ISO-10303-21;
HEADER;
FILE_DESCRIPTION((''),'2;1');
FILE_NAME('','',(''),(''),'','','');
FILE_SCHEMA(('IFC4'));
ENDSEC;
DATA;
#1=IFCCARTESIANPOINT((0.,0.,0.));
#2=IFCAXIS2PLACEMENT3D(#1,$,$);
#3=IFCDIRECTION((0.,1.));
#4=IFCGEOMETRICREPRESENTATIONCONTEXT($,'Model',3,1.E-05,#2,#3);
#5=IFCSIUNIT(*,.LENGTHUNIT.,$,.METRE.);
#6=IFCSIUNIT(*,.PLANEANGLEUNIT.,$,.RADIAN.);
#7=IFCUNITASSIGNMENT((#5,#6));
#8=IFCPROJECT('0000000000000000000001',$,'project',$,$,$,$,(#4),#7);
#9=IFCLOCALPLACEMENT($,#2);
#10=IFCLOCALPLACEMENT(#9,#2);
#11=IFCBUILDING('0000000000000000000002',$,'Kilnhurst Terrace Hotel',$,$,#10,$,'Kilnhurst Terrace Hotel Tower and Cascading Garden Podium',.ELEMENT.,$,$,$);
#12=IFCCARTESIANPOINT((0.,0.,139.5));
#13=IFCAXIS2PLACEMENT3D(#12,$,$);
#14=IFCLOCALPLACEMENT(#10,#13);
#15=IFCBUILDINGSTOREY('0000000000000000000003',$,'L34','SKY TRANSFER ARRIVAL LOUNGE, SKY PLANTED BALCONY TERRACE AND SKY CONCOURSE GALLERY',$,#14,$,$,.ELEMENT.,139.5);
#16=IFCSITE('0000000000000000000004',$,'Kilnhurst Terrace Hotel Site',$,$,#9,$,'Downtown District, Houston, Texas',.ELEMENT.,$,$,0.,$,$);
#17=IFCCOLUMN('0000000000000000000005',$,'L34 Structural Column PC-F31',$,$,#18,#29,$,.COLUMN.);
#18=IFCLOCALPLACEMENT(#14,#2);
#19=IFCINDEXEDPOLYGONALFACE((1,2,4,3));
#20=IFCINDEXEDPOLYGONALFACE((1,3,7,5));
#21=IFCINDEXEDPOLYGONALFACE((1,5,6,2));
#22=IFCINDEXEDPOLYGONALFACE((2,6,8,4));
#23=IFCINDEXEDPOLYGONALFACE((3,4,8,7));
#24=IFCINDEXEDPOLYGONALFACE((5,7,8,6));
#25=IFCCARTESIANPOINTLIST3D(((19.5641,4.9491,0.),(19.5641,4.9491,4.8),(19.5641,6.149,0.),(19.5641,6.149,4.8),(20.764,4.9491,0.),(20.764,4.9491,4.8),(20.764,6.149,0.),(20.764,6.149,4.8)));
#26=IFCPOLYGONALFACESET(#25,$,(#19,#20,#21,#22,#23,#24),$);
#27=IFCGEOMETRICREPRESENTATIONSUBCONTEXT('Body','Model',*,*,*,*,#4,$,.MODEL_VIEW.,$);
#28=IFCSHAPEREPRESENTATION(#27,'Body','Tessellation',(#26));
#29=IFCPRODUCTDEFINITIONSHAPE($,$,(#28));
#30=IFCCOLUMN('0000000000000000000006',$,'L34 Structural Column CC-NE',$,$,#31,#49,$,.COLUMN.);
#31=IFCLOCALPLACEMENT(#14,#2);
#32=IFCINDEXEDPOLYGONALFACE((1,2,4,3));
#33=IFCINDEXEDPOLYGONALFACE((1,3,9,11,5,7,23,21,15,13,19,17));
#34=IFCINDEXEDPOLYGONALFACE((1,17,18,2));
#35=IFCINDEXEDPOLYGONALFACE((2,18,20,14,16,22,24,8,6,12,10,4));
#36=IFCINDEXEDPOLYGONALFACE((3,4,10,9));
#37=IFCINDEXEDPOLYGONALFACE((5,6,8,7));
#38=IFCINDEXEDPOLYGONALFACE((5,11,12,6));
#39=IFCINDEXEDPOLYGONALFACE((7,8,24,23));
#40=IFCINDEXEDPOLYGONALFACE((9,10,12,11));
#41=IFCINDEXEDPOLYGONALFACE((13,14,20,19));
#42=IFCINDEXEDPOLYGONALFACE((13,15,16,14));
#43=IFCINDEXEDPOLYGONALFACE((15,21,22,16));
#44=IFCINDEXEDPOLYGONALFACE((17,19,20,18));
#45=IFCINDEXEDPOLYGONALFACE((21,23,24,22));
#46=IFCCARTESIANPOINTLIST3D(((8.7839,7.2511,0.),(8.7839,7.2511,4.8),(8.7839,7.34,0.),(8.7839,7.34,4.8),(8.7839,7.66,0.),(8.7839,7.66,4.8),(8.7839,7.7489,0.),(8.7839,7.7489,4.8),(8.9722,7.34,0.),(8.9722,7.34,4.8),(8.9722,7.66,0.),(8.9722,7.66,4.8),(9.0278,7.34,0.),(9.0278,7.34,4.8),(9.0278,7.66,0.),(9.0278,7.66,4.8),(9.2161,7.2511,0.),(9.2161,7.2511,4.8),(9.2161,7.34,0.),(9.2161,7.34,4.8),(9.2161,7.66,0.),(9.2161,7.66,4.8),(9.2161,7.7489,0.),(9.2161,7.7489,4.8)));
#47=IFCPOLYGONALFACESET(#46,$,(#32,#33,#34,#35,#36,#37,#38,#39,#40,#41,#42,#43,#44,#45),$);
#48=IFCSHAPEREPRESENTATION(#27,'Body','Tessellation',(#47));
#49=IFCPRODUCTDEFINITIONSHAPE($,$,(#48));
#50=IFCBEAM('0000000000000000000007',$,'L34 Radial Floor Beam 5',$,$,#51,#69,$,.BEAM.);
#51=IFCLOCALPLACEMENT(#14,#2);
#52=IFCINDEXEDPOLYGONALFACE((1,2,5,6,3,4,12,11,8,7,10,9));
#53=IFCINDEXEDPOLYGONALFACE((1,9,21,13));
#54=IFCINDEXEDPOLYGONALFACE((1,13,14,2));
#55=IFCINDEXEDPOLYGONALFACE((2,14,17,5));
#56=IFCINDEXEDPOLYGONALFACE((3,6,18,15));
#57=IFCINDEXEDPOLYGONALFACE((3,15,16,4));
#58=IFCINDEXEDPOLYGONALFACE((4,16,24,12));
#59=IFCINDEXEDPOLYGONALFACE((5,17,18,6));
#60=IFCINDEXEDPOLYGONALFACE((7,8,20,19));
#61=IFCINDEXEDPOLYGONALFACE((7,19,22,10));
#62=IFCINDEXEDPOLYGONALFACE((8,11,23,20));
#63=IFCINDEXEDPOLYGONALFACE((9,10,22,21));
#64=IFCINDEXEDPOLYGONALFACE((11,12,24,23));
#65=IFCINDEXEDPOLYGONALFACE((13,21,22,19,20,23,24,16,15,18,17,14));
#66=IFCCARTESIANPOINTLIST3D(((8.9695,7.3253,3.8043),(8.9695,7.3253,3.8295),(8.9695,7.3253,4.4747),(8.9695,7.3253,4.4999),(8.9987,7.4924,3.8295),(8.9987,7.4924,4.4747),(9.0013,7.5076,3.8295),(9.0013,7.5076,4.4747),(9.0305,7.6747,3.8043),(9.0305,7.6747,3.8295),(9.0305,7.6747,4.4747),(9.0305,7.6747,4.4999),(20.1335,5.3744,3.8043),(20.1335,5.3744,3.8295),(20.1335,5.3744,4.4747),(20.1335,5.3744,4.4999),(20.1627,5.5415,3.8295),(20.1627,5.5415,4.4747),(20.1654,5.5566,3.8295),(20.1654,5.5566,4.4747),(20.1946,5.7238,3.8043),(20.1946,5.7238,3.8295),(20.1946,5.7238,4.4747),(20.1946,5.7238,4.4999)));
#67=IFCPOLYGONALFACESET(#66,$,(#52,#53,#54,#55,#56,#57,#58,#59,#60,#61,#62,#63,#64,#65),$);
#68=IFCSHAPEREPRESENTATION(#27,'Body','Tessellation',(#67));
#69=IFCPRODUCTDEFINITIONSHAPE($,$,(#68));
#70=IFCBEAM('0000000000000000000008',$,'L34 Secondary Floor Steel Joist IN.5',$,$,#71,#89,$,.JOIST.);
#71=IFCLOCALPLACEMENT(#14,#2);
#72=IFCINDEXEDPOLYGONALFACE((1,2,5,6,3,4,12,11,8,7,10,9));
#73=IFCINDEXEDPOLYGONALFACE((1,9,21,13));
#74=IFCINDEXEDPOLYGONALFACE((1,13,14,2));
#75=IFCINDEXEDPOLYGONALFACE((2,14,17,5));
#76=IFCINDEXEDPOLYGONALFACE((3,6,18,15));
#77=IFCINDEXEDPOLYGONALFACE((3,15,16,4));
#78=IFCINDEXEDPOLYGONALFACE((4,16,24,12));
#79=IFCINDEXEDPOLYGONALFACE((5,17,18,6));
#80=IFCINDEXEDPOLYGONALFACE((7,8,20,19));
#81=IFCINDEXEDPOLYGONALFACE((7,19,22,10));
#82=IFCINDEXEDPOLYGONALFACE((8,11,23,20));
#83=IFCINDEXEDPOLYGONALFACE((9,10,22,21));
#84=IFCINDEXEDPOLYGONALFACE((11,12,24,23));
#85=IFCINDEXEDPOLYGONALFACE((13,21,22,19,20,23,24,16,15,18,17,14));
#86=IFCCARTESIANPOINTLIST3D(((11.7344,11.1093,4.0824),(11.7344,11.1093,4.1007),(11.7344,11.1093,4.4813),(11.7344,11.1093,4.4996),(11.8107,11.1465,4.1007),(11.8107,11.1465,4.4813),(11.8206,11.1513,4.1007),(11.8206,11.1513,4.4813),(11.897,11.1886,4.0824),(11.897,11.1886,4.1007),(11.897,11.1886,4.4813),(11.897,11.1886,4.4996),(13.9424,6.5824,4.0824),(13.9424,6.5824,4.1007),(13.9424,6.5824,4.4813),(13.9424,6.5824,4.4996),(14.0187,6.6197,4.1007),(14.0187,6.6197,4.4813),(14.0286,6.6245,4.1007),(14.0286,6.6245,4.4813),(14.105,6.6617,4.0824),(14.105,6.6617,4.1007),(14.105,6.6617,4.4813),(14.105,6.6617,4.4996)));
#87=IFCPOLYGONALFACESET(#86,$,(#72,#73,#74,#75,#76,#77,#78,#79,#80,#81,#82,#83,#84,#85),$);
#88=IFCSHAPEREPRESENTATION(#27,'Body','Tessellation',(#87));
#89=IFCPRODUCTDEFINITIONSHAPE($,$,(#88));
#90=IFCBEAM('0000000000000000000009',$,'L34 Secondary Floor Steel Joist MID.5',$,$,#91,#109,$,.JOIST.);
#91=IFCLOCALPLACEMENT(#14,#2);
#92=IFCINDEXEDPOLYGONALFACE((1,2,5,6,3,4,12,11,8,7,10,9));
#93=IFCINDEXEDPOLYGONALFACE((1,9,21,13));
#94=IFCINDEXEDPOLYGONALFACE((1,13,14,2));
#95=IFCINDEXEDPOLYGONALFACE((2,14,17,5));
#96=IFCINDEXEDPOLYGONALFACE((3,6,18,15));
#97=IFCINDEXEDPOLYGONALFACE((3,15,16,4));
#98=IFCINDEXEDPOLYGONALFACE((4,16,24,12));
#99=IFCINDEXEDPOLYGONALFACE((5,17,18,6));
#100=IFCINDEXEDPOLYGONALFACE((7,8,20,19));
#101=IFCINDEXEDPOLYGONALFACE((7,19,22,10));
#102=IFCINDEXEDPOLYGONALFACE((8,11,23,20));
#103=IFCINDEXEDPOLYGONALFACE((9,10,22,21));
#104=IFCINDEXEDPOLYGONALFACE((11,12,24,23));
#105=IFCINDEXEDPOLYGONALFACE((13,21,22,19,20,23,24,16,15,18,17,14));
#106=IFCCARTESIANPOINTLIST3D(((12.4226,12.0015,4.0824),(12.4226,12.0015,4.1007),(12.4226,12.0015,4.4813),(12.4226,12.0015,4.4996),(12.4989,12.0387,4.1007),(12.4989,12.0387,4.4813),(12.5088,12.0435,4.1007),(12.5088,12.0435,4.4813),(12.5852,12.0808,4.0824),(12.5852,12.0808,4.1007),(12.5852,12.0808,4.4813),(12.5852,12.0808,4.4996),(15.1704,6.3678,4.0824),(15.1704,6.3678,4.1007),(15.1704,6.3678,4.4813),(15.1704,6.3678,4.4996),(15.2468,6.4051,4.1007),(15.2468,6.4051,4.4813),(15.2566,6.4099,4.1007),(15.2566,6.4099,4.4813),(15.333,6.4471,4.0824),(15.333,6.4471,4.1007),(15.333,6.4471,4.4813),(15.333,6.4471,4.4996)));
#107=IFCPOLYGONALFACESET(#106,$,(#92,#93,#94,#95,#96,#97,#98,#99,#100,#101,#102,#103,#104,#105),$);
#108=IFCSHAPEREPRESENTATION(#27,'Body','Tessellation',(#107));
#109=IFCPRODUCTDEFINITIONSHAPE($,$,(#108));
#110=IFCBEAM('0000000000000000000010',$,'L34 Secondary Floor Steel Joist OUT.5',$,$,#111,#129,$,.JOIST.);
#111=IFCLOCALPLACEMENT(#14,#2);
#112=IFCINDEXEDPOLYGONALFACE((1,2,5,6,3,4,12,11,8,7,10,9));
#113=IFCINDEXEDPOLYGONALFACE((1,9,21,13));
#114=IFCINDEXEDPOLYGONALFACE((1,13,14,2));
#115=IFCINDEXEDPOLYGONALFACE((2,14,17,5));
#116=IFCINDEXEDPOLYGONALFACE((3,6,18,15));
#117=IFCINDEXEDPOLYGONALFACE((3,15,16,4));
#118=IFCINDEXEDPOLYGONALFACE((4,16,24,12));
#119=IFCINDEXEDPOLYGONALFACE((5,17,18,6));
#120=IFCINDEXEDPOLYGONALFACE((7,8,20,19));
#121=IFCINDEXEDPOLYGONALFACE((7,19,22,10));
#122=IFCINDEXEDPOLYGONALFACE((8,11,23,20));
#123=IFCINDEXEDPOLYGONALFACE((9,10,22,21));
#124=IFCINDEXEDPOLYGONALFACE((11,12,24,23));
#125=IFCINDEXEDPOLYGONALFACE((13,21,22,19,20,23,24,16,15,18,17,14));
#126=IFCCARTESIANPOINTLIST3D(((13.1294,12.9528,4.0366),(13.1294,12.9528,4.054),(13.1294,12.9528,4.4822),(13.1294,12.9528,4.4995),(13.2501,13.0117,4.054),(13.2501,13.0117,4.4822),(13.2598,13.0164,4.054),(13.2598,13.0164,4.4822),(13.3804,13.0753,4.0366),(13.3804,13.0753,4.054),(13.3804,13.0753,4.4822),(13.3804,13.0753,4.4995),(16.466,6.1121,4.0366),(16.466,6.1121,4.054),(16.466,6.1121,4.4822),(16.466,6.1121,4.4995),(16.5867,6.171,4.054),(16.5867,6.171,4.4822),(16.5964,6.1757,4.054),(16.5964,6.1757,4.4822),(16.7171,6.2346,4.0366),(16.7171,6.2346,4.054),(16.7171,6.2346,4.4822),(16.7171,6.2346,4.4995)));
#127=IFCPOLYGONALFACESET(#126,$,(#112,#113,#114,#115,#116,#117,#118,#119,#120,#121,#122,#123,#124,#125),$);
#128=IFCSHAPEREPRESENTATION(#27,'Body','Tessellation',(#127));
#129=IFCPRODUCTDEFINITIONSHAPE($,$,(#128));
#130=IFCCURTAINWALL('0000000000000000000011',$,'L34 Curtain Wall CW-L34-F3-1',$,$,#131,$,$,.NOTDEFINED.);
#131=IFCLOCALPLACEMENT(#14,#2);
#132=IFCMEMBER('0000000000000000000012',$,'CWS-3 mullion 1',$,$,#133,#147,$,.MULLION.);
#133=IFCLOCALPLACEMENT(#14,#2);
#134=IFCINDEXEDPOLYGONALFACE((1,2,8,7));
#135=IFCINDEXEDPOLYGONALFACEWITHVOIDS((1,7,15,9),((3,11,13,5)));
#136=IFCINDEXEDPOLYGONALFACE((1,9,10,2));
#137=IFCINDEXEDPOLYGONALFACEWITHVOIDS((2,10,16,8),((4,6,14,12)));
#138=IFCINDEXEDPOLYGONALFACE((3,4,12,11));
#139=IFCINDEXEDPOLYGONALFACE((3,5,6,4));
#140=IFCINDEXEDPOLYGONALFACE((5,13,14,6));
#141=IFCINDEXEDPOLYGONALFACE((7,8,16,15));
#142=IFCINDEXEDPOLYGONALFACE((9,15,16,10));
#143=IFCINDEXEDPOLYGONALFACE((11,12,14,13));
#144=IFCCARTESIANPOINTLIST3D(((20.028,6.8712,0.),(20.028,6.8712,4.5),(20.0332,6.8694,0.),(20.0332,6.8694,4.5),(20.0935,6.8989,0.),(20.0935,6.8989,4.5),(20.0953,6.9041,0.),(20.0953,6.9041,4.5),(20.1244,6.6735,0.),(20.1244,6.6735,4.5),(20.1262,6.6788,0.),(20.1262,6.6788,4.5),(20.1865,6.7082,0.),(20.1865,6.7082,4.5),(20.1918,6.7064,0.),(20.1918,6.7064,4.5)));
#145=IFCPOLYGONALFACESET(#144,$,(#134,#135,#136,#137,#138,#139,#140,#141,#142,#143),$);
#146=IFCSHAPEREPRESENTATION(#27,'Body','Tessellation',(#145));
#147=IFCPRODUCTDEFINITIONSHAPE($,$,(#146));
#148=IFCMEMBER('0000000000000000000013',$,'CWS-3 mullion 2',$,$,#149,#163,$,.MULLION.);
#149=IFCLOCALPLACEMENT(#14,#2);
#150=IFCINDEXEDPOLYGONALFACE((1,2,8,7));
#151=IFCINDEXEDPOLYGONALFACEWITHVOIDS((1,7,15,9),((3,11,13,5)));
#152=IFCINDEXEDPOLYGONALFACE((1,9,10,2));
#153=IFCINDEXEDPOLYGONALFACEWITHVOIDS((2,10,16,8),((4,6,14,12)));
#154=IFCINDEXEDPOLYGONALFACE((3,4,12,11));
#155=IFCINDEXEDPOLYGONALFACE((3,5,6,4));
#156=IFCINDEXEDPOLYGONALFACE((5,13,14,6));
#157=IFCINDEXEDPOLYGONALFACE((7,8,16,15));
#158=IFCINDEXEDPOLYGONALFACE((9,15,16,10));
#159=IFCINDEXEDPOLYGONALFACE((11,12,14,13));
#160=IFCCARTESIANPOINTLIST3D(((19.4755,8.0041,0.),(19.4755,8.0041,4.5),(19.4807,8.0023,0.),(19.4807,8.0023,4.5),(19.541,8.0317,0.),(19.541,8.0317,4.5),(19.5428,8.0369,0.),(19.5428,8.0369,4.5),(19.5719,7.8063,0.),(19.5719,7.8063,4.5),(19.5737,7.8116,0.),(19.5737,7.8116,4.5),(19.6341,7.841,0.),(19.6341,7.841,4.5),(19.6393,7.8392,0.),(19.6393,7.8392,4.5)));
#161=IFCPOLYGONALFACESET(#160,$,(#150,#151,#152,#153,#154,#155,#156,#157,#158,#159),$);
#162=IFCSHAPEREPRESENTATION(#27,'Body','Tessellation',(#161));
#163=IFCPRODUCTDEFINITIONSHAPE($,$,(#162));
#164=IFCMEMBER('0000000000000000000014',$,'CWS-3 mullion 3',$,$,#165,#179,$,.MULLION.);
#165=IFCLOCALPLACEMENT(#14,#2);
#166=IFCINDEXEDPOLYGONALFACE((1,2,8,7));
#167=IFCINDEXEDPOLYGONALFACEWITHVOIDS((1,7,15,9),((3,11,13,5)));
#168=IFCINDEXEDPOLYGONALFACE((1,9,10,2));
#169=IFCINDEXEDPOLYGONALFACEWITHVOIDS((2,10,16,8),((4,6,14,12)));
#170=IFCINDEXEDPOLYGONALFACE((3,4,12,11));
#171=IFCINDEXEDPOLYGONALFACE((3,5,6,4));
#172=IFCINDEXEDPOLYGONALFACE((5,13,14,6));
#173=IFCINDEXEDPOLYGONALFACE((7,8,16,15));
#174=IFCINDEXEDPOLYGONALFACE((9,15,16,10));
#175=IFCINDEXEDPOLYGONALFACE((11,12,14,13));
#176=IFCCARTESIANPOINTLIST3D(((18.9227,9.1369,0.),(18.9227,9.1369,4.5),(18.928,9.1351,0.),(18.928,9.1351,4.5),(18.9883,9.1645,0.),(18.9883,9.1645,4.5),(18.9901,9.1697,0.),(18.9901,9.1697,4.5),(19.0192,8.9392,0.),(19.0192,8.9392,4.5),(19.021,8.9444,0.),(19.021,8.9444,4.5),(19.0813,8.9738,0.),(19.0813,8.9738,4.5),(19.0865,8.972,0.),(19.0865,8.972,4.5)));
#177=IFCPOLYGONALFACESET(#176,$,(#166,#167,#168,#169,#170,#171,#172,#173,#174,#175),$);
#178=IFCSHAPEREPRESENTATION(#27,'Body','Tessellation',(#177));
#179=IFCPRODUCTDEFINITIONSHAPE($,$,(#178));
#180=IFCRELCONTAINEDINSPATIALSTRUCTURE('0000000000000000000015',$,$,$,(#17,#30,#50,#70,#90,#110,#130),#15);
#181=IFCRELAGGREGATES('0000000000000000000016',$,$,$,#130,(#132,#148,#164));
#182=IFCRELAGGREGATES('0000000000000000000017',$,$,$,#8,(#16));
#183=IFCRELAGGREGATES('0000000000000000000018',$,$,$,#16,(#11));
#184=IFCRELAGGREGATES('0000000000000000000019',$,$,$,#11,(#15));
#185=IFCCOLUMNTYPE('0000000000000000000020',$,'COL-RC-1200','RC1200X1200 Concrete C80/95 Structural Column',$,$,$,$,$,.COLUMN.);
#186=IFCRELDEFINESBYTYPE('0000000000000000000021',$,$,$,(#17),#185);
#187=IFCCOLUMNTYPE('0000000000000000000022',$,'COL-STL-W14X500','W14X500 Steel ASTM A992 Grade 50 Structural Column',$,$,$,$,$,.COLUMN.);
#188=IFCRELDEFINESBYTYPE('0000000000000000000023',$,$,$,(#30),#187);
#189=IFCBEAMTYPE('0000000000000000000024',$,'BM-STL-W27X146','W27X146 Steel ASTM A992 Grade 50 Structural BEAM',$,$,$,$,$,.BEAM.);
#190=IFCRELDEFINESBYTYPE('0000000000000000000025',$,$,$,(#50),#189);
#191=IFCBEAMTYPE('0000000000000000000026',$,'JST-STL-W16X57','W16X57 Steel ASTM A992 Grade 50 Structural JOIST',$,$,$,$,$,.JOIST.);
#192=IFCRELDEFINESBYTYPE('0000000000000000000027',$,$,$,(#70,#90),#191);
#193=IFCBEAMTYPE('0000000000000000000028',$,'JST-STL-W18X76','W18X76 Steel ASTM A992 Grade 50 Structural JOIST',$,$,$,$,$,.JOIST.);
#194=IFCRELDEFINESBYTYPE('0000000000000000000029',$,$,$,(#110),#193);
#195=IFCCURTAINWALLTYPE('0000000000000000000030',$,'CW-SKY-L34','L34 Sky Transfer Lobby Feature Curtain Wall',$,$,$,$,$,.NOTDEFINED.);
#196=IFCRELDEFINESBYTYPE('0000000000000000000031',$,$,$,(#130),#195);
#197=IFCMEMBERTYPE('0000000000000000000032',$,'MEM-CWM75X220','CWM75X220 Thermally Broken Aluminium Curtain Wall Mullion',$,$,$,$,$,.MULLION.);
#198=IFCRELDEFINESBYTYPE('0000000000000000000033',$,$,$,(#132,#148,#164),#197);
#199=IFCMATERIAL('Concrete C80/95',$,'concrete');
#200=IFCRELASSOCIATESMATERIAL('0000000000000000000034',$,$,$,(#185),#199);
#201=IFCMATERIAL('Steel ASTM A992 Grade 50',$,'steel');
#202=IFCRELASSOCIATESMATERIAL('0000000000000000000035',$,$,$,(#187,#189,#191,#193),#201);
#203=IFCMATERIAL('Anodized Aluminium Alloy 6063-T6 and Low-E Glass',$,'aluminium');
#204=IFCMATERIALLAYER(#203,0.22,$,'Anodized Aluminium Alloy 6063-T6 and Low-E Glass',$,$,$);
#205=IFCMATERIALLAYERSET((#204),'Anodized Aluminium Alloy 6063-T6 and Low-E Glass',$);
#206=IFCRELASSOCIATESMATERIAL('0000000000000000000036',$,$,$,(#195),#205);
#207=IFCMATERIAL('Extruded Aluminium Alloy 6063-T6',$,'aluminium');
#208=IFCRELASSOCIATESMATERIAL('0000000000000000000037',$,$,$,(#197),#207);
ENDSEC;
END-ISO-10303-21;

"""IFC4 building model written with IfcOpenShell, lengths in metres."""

from ifc_helpers import new_model, si_unit, direction, frame, origin, origin_2d, place, context, subcontext, project, spatial, rectangle, hollow_rectangle, i_section, extrude, material, layer, layer_set, material_profile, profile_set, type_object, element, aggregate, save


model = new_model("IFC4")

# Units and contexts
model_context = context("Model", 3, precision=1e-05, world=origin(), true_north=direction((0.0, 1.0)))
body_context = subcontext(model_context, "Body", "Model", "MODEL_VIEW")
ifc_project = project(units=[si_unit("LENGTHUNIT", "METRE"), si_unit("PLANEANGLEUNIT", "RADIAN")], contexts=[model_context])

# Site, building, storey
site_placement = place(None, origin())
site = spatial("IfcSite", under=ifc_project, at=site_placement, Name="Kilnhurst Terrace Hotel Site", LongName="Downtown District, Houston, Texas", CompositionType="ELEMENT", RefElevation=0.0)
building_placement = place(site_placement, origin())
building = spatial("IfcBuilding", under=site, at=building_placement, Name="Kilnhurst Terrace Hotel", LongName="Kilnhurst Terrace Hotel Tower and Cascading Garden Podium", CompositionType="ELEMENT")
storey_placement = place(building_placement, frame((0.0, 0.0, 139.5)))
storey = spatial("IfcBuildingStorey", under=building, at=storey_placement, Name="L34", Description="SKY TRANSFER ARRIVAL LOUNGE, SKY PLANTED BALCONY TERRACE AND SKY CONCOURSE GALLERY", CompositionType="ELEMENT", Elevation=139.5)

# Columns
ifc_material_1 = material(Name="Concrete C80/95", Category="concrete")
ifc_material_profile_1 = material_profile(ifc_material_1, rectangle(XDim=1.2, YDim=1.2, at=origin_2d()), Name="RC1200X1200")
ifc_profile_set_1 = profile_set([ifc_material_profile_1], Name="Concrete C80/95")
column_type_1 = type_object("IfcColumnType", Name="COL-RC-1200", Description="RC1200X1200 Concrete C80/95 Structural Column", PredefinedType="COLUMN", material=ifc_profile_set_1)
column_1_placement = place(storey_placement, frame((20.1641, 5.5491, 0.0), z_axis=(0.0, 0.0, 1.0), x_axis=(1.0, 0.0, 0.0)))
element("IfcColumn", 1, at=column_1_placement, inside=storey, type_object=column_type_1, Name="L34 Structural Column PC-F31", PredefinedType="COLUMN", context=body_context, shape_type="SweptSolid", body=[
    extrude(rectangle(XDim=1.2, YDim=1.2, at=origin_2d()), origin(), (0.0, 0.0, 1.0), 4.8),
])
ifc_material_2 = material(Name="Steel ASTM A992 Grade 50", Category="steel")
ifc_material_profile_2 = material_profile(ifc_material_2, i_section(OverallWidth=0.4321, OverallDepth=0.4978, WebThickness=0.0557, FlangeThickness=0.0889, at=origin_2d()), Name="W14X500")
ifc_profile_set_2 = profile_set([ifc_material_profile_2], Name="Steel ASTM A992 Grade 50")
column_type_2 = type_object("IfcColumnType", Name="COL-STL-W14X500", Description="W14X500 Steel ASTM A992 Grade 50 Structural Column", PredefinedType="COLUMN", material=ifc_profile_set_2)
column_2_placement = place(storey_placement, frame((9.0, 7.5, 0.0), z_axis=(0.0, 0.0, 1.0), x_axis=(1.0, 0.0, 0.0)))
element("IfcColumn", 2, at=column_2_placement, inside=storey, type_object=column_type_2, Name="L34 Structural Column CC-NE", PredefinedType="COLUMN", context=body_context, shape_type="SweptSolid", body=[
    extrude(i_section(OverallWidth=0.4321, OverallDepth=0.4978, WebThickness=0.0557, FlangeThickness=0.0889, at=origin_2d()), origin(), (0.0, 0.0, 1.0), 4.8),
])

# Beams
ifc_material_profile_3 = material_profile(ifc_material_2, i_section(OverallWidth=0.3547, OverallDepth=0.6956, WebThickness=0.0154, FlangeThickness=0.0251, at=origin_2d()), Name="W27X146")
ifc_profile_set_3 = profile_set([ifc_material_profile_3], Name="Steel ASTM A992 Grade 50")
beam_type_1 = type_object("IfcBeamType", Name="BM-STL-W27X146", Description="W27X146 Steel ASTM A992 Grade 50 Structural BEAM", PredefinedType="BEAM", material=ifc_profile_set_3)
beam_1_placement = place(storey_placement, frame((9.0, 7.5, 4.1521), z_axis=(0.985072, -0.172142, 0.0), x_axis=(0.172142, 0.985072, 0.0)))
element("IfcBeam", 3, at=beam_1_placement, inside=storey, type_object=beam_type_1, Name="L34 Radial Floor Beam 5", PredefinedType="BEAM", context=body_context, shape_type="SweptSolid", body=[
    extrude(i_section(OverallWidth=0.3547, OverallDepth=0.6956, WebThickness=0.0154, FlangeThickness=0.0251, at=origin_2d()), origin(), (0.0, 0.0, 1.0), 11.3333),
])
ifc_material_profile_4 = material_profile(ifc_material_2, i_section(OverallWidth=0.1809, OverallDepth=0.4172, WebThickness=0.011, FlangeThickness=0.0183, at=origin_2d()), Name="W16X57")
ifc_profile_set_4 = profile_set([ifc_material_profile_4], Name="Steel ASTM A992 Grade 50")
beam_type_2 = type_object("IfcBeamType", Name="JST-STL-W16X57", Description="W16X57 Steel ASTM A992 Grade 50 Structural JOIST", PredefinedType="JOIST", material=ifc_profile_set_4)
beam_2_placement = place(storey_placement, frame((14.0237, 6.6221, 4.291), z_axis=(-0.438389, 0.898785, 0.0), x_axis=(-0.898785, -0.438389, 0.0)))
element("IfcBeam", 4, at=beam_2_placement, inside=storey, type_object=beam_type_2, Name="L34 Secondary Floor Steel Joist IN.5", PredefinedType="JOIST", context=body_context, shape_type="SweptSolid", body=[
    extrude(i_section(OverallWidth=0.1809, OverallDepth=0.4172, WebThickness=0.011, FlangeThickness=0.0183, at=origin_2d()), origin(), (0.0, 0.0, 1.0), 5.0366),
])
beam_3_placement = place(storey_placement, frame((15.2517, 6.4075, 4.291), z_axis=(-0.438389, 0.898785, 0.0), x_axis=(-0.898785, -0.438389, 0.0)))
element("IfcBeam", 5, at=beam_3_placement, inside=storey, type_object=beam_type_2, Name="L34 Secondary Floor Steel Joist MID.5", PredefinedType="JOIST", context=body_context, shape_type="SweptSolid", body=[
    extrude(i_section(OverallWidth=0.1809, OverallDepth=0.4172, WebThickness=0.011, FlangeThickness=0.0183, at=origin_2d()), origin(), (0.0, 0.0, 1.0), 6.2681),
])
ifc_material_profile_5 = material_profile(ifc_material_2, i_section(OverallWidth=0.2793, OverallDepth=0.4629, WebThickness=0.0107, FlangeThickness=0.0173, at=origin_2d()), Name="W18X76")
ifc_profile_set_5 = profile_set([ifc_material_profile_5], Name="Steel ASTM A992 Grade 50")
beam_type_3 = type_object("IfcBeamType", Name="JST-STL-W18X76", Description="W18X76 Steel ASTM A992 Grade 50 Structural JOIST", PredefinedType="JOIST", material=ifc_profile_set_5)
beam_4_placement = place(storey_placement, frame((16.5916, 6.1733, 4.2681), z_axis=(-0.43839, 0.898785, 0.0), x_axis=(-0.898785, -0.43839, 0.0)))
element("IfcBeam", 6, at=beam_4_placement, inside=storey, type_object=beam_type_3, Name="L34 Secondary Floor Steel Joist OUT.5", PredefinedType="JOIST", context=body_context, shape_type="SweptSolid", body=[
    extrude(i_section(OverallWidth=0.2793, OverallDepth=0.4629, WebThickness=0.0107, FlangeThickness=0.0173, at=origin_2d()), origin(), (0.0, 0.0, 1.0), 7.6111),
])

# Curtain wall, members
ifc_material_3 = material(Name="Anodized Aluminium Alloy 6063-T6 and Low-E Glass", Category="aluminium")
ifc_layer_1 = layer(ifc_material_3, 0.22, Name="Anodized Aluminium Alloy 6063-T6 and Low-E Glass")
ifc_layer_set_1 = layer_set([ifc_layer_1], Name="Anodized Aluminium Alloy 6063-T6 and Low-E Glass")
curtain_wall_type = type_object("IfcCurtainWallType", Name="CW-SKY-L34", Description="L34 Sky Transfer Lobby Feature Curtain Wall", PredefinedType="NOTDEFINED", material=ifc_layer_set_1)
curtain_wall_placement = place(storey_placement, origin())
curtain_wall = element("IfcCurtainWall", 7, at=curtain_wall_placement, inside=storey, type_object=curtain_wall_type, Name="L34 Curtain Wall CW-L34-F3-1", PredefinedType="NOTDEFINED")
ifc_material_4 = material(Name="Extruded Aluminium Alloy 6063-T6", Category="aluminium")
ifc_material_profile_6 = material_profile(ifc_material_4, hollow_rectangle(XDim=0.075, YDim=0.22, WallThickness=0.0039, at=origin_2d()), Name="CWM75X220")
ifc_profile_set_6 = profile_set([ifc_material_profile_6], Name="Extruded Aluminium Alloy 6063-T6")
member_type_1 = type_object("IfcMemberType", Name="MEM-CWM75X220", Description="CWM75X220 Thermally Broken Aluminium Curtain Wall Mullion", PredefinedType="MULLION", material=ifc_profile_set_6)
member_1_placement = place(storey_placement, frame((20.1099, 6.7888, 0.0), z_axis=(0.0, 0.0, 1.0), x_axis=(-0.898775, -0.438409, 0.0)))
member_1 = element("IfcMember", 8, at=member_1_placement, type_object=member_type_1, Name="CWS-3 mullion 1", PredefinedType="MULLION", context=body_context, shape_type="SweptSolid", body=[
    extrude(hollow_rectangle(XDim=0.075, YDim=0.22, WallThickness=0.0039, at=origin_2d()), origin(), (0.0, 0.0, 1.0), 4.5),
])
member_2_placement = place(storey_placement, frame((19.5574, 7.9216, 0.0), z_axis=(0.0, 0.0, 1.0), x_axis=(-0.898775, -0.438409, 0.0)))
member_2 = element("IfcMember", 9, at=member_2_placement, type_object=member_type_1, Name="CWS-3 mullion 2", PredefinedType="MULLION", context=body_context, shape_type="SweptSolid", body=[
    extrude(hollow_rectangle(XDim=0.075, YDim=0.22, WallThickness=0.0039, at=origin_2d()), origin(), (0.0, 0.0, 1.0), 4.5),
])
member_3_placement = place(storey_placement, frame((19.0046, 9.0544, 0.0), z_axis=(0.0, 0.0, 1.0), x_axis=(-0.898775, -0.438409, 0.0)))
member_3 = element("IfcMember", 10, at=member_3_placement, type_object=member_type_1, Name="CWS-3 mullion 3", PredefinedType="MULLION", context=body_context, shape_type="SweptSolid", body=[
    extrude(hollow_rectangle(XDim=0.075, YDim=0.22, WallThickness=0.0039, at=origin_2d()), origin(), (0.0, 0.0, 1.0), 4.5),
])

aggregate(curtain_wall, [member_1, member_2, member_3])

save(model, "model.ifc")
